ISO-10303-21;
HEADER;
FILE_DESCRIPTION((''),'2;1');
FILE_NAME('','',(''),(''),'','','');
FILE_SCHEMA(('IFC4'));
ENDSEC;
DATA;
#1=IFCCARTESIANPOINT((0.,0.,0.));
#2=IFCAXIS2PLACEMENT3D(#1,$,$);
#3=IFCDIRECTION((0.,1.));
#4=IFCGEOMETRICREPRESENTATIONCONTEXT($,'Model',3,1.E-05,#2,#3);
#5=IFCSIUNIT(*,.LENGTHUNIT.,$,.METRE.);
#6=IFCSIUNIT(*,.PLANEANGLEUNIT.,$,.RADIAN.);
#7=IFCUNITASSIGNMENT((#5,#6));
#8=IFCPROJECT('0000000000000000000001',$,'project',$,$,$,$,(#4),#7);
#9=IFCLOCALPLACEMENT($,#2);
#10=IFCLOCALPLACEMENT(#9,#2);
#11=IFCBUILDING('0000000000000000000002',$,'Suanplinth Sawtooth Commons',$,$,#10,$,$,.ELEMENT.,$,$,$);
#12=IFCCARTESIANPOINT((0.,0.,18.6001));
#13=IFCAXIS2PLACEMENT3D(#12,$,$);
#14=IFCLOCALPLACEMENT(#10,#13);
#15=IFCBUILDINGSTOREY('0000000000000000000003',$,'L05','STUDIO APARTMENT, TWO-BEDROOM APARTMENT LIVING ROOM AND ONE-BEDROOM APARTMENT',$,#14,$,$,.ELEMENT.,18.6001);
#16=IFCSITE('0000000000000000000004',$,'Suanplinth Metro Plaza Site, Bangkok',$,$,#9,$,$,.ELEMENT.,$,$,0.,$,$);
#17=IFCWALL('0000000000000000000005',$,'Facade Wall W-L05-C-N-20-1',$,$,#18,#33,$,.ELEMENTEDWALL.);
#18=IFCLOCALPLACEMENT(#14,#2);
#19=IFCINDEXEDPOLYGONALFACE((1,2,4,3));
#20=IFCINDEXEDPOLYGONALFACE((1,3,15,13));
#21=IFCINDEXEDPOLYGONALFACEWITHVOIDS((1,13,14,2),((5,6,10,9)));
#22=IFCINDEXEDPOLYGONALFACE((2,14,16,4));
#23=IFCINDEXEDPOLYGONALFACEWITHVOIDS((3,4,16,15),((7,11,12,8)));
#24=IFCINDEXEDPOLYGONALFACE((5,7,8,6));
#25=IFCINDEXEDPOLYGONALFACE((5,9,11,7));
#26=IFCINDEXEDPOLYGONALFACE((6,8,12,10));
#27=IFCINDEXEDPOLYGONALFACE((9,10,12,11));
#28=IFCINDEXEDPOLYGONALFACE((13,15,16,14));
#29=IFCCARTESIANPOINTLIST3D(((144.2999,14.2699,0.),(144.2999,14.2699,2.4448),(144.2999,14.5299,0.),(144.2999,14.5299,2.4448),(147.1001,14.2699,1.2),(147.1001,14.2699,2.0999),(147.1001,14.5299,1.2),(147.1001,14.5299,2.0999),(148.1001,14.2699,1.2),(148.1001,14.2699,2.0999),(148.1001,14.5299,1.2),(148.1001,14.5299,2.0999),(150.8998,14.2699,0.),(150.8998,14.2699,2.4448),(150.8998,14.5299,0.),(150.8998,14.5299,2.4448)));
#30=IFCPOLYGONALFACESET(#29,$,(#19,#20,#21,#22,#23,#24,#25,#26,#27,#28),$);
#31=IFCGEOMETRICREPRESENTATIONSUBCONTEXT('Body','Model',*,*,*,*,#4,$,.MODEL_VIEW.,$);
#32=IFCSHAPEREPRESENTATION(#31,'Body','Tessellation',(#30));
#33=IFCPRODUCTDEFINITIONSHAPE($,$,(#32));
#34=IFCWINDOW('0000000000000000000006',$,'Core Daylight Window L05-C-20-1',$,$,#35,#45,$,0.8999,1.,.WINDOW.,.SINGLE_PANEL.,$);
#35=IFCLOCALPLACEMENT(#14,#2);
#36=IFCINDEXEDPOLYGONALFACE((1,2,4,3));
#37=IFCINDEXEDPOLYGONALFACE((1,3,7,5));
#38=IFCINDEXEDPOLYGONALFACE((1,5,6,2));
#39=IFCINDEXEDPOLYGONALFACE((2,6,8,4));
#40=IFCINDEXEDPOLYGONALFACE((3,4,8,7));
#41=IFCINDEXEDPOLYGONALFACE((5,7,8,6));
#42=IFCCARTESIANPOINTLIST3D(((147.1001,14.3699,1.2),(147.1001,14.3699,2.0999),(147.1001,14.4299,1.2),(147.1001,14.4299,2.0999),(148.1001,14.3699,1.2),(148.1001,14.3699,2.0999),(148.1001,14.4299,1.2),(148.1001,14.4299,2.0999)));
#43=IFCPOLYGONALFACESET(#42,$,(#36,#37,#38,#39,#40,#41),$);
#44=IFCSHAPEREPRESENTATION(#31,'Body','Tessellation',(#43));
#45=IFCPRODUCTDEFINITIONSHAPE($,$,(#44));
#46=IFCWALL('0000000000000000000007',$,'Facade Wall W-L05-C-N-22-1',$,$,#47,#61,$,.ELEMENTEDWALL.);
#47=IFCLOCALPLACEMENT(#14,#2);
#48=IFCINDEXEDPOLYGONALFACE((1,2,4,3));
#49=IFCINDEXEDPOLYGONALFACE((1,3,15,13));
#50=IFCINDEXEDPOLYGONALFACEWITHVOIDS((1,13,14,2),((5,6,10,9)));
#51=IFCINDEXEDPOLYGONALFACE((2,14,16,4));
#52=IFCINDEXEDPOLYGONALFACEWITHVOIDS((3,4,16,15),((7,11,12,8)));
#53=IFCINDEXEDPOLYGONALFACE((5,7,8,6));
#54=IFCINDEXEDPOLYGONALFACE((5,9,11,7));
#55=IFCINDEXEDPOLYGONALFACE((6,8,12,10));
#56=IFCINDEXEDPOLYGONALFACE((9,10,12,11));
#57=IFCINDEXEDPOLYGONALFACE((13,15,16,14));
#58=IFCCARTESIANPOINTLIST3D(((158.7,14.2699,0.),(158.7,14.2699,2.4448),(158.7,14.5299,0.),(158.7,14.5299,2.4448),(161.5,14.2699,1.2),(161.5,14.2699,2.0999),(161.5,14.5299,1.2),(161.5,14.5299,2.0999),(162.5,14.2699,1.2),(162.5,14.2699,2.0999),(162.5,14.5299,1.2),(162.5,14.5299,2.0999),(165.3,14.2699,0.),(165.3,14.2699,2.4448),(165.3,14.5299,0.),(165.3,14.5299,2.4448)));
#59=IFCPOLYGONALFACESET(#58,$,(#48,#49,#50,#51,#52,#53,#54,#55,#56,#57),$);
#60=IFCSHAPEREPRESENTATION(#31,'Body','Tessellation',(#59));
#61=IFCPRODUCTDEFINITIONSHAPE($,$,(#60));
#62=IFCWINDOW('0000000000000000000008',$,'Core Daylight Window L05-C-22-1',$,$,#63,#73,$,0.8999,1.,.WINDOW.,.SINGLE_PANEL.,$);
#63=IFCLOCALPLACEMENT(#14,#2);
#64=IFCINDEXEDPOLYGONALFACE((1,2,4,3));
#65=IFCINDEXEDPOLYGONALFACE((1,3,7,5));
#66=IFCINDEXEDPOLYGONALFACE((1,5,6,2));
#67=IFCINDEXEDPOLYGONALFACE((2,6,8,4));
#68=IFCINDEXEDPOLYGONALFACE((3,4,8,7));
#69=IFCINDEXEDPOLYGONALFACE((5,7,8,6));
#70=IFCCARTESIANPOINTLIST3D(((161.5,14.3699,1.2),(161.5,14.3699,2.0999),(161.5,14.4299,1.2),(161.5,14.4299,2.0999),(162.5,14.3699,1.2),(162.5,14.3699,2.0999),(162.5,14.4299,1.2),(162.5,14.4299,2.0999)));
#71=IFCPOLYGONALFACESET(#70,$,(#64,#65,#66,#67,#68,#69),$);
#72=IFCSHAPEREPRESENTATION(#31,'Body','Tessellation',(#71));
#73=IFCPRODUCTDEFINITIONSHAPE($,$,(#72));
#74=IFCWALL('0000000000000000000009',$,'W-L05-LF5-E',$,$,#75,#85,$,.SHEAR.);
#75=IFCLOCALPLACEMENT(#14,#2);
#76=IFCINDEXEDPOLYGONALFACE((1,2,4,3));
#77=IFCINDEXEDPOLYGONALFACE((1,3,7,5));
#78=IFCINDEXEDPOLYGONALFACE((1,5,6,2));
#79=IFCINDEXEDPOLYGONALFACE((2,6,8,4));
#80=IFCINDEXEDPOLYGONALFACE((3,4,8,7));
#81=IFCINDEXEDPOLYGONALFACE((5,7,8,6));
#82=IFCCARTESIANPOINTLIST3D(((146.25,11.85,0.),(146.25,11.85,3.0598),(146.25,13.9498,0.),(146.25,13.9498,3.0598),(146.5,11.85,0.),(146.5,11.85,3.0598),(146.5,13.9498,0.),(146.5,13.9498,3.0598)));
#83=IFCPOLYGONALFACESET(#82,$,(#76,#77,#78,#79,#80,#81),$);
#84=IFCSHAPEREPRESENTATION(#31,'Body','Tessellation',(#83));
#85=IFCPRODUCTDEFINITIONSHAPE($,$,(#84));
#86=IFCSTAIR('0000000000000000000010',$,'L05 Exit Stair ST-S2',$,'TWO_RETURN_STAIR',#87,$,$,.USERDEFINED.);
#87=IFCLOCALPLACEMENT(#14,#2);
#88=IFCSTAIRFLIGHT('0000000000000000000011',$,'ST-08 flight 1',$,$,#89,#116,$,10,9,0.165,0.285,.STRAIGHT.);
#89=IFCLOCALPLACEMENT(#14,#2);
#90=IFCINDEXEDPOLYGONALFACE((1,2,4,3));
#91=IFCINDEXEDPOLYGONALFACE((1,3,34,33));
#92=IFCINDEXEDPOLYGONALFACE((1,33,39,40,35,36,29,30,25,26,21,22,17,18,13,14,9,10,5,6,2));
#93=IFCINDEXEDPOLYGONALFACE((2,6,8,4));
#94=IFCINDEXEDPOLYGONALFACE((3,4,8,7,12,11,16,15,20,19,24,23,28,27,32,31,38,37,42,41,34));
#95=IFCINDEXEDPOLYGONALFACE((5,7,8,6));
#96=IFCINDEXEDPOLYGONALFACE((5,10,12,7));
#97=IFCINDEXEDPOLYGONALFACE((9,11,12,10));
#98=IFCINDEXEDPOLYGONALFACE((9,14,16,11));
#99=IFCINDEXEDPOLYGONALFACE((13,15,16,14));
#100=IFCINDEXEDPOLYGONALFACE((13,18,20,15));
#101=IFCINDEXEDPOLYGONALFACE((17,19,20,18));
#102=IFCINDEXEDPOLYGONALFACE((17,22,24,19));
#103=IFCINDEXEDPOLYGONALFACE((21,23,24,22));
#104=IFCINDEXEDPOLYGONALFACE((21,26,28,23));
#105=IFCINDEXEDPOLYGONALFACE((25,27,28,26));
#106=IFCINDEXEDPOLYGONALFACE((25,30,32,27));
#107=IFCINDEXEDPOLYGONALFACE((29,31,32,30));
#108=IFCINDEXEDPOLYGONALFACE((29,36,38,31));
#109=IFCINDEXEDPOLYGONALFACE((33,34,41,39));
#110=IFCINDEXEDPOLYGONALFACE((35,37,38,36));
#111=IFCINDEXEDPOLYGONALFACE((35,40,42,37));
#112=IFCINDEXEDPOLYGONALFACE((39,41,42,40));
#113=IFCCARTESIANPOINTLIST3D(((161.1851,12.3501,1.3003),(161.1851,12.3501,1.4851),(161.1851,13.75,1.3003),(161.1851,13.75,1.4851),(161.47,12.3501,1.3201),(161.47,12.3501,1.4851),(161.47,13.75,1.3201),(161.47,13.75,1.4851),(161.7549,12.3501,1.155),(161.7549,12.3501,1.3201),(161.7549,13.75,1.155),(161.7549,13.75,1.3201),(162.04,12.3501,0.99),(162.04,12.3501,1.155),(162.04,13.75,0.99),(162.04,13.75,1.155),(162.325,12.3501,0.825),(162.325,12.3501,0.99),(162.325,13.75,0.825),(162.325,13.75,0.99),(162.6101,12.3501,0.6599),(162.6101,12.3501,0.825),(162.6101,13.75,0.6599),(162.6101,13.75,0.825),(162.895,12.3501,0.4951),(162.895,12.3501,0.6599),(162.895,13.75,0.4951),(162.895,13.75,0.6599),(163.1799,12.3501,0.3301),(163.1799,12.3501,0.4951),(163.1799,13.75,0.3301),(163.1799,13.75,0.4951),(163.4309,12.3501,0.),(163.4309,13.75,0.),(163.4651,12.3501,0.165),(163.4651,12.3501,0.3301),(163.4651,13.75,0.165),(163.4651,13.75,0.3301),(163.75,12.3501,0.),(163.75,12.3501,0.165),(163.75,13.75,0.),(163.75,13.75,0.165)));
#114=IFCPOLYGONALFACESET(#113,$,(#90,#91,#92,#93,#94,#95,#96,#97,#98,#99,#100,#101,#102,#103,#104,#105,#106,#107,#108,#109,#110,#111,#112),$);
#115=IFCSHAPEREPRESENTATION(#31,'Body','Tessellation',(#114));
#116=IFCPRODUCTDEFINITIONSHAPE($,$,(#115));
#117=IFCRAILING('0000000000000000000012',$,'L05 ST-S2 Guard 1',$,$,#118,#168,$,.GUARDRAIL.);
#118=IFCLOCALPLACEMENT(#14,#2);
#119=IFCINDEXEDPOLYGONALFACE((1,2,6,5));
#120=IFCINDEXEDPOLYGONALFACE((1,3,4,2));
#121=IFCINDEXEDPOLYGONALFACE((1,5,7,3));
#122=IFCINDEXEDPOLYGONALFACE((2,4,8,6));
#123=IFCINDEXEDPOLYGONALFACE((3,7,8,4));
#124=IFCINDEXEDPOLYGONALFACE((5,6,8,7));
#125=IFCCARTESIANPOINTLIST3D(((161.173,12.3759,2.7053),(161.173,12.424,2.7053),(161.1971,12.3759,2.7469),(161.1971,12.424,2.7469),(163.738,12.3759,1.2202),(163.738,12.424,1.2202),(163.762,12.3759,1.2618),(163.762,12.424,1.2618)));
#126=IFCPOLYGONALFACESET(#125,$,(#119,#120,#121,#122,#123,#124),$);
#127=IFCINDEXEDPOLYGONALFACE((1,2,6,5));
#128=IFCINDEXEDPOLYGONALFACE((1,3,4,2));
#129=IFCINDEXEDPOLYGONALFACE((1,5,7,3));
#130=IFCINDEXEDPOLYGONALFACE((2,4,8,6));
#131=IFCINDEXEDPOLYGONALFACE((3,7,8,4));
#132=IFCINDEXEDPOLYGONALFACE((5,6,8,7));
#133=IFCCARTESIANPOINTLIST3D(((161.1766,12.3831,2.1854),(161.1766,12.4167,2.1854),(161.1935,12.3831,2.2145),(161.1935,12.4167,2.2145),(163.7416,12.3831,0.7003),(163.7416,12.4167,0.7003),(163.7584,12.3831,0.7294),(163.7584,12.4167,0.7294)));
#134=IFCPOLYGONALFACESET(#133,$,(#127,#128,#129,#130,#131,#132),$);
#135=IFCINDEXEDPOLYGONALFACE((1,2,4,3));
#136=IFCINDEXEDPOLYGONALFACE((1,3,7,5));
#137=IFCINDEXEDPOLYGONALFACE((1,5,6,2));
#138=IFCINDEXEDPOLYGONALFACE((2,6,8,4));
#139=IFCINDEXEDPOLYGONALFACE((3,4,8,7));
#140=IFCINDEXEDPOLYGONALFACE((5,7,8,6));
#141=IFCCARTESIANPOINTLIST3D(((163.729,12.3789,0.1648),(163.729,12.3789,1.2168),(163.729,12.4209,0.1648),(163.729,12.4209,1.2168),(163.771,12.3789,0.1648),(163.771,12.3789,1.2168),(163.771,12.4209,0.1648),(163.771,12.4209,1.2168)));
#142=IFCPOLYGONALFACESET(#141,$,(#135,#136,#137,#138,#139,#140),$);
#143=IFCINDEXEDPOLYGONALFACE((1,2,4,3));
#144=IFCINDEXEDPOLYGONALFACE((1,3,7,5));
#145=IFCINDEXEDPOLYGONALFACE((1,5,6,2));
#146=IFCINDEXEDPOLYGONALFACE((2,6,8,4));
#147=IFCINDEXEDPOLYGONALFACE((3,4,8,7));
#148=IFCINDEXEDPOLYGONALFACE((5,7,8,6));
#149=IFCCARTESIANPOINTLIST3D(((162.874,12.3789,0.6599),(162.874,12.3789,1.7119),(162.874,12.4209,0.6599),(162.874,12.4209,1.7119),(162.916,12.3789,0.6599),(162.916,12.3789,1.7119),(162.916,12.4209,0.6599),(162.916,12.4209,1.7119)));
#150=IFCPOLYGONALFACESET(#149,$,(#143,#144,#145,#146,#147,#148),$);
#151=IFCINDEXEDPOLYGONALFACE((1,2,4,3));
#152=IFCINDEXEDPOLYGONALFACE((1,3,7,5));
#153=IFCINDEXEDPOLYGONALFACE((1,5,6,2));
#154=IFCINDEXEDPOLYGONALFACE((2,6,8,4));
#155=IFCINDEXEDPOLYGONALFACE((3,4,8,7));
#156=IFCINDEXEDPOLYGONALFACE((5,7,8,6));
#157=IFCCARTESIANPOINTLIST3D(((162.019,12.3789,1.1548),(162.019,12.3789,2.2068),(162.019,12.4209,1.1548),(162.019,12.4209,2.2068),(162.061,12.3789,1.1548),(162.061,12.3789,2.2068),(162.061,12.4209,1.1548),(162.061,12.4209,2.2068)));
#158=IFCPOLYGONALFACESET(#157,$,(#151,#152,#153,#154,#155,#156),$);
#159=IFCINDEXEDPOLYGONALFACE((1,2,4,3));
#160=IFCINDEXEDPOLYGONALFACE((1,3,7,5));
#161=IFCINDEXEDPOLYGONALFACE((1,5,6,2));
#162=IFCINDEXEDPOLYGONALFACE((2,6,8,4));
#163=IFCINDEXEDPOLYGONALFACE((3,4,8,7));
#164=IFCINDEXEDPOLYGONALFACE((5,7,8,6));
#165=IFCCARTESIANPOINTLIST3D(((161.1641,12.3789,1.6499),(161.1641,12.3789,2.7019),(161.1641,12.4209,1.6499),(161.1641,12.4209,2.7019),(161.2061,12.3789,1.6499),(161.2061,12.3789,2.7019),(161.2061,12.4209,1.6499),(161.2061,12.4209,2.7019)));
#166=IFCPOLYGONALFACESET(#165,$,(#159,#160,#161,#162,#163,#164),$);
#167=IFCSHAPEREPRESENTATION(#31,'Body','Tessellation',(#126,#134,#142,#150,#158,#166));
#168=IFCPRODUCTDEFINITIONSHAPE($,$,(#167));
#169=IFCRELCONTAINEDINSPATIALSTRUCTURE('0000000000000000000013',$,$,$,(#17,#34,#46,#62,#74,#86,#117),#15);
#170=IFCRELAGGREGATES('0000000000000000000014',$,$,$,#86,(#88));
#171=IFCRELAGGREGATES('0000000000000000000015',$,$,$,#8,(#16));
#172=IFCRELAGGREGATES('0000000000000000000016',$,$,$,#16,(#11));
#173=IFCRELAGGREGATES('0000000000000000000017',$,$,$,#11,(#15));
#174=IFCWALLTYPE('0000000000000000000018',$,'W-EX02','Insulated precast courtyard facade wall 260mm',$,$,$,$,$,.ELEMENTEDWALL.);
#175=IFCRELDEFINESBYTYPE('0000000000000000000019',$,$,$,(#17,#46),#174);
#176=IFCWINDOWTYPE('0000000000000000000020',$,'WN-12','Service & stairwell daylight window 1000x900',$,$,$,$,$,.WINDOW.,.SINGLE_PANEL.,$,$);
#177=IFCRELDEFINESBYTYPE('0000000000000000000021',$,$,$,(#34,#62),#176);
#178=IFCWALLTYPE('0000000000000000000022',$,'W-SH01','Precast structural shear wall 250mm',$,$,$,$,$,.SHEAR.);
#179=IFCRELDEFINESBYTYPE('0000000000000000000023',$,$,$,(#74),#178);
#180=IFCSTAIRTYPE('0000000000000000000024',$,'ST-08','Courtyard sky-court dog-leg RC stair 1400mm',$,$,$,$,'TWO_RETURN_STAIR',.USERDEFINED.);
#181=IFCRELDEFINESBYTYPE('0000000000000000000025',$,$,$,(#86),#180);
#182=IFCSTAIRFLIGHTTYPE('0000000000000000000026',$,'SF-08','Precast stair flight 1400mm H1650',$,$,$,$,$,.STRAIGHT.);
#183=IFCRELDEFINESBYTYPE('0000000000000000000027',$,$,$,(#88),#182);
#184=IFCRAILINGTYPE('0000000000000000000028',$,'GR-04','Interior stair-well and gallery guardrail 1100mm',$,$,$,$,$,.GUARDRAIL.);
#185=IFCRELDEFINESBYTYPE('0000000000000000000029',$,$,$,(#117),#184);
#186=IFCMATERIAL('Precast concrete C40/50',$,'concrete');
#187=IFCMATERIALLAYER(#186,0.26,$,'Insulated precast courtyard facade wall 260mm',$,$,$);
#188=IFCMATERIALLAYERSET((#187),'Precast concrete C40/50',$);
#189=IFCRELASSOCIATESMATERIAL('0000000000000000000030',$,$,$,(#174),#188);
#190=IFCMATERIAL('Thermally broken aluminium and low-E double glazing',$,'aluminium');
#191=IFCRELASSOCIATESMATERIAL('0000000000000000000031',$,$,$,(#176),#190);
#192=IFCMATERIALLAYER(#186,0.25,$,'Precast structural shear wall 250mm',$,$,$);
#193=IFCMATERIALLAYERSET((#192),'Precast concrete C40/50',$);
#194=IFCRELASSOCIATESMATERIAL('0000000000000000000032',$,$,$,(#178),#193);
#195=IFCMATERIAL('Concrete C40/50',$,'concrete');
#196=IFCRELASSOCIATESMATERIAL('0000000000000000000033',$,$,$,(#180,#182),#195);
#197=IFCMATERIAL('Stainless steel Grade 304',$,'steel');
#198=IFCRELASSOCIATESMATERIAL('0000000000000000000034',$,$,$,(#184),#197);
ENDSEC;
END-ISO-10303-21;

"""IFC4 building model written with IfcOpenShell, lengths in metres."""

from ifc_helpers import new_model, si_unit, direction, frame, frame_2d, origin, origin_2d, place, context, subcontext, project, spatial, polyline, rectangle, outline, extrude, material, layer, layer_set, type_object, element, fill, aggregate, save


model = new_model("IFC4")

# Units and contexts
model_context = context("Model", 3, precision=1e-05, world=origin(), true_north=direction((0.0, 1.0)))
body_context = subcontext(model_context, "Body", "Model", "MODEL_VIEW")
ifc_project = project(units=[si_unit("LENGTHUNIT", "METRE"), si_unit("PLANEANGLEUNIT", "RADIAN")], contexts=[model_context])

# Site, building, storey
site_placement = place(None, origin())
site = spatial("IfcSite", under=ifc_project, at=site_placement, Name="Suanplinth Metro Plaza Site, Bangkok", CompositionType="ELEMENT", RefElevation=0.0)
building_placement = place(site_placement, origin())
building = spatial("IfcBuilding", under=site, at=building_placement, Name="Suanplinth Sawtooth Commons", CompositionType="ELEMENT")
storey_placement = place(building_placement, frame((0.0, 0.0, 18.6001)))
storey = spatial("IfcBuildingStorey", under=building, at=storey_placement, Name="L05", Description="STUDIO APARTMENT, TWO-BEDROOM APARTMENT LIVING ROOM AND ONE-BEDROOM APARTMENT", CompositionType="ELEMENT", Elevation=18.6001)

# Shared definitions
ifc_material_1 = material(Name="Precast concrete C40/50", Category="concrete")

# Shared definitions
ifc_material_2 = material(Name="Concrete C40/50", Category="concrete")

# Wall, opening, window
ifc_layer_1 = layer(ifc_material_1, 0.26, Name="Insulated precast courtyard facade wall 260mm")
ifc_layer_set_1 = layer_set([ifc_layer_1], Name="Precast concrete C40/50")
wall_type_1 = type_object("IfcWallType", Name="W-EX02", Description="Insulated precast courtyard facade wall 260mm", PredefinedType="ELEMENTEDWALL", material=ifc_layer_set_1)
wall_1_placement = place(storey_placement, frame((144.3, 14.3999, 0.0), z_axis=(0.0, 0.0, 1.0), x_axis=(1.0, 0.0, 0.0)))
wall_1 = element("IfcWall", 1, at=wall_1_placement, inside=storey, type_object=wall_type_1, Name="Facade Wall W-L05-C-N-20-1", PredefinedType="ELEMENTEDWALL", context=body_context, shape_type="SweptSolid", body=[
    extrude(rectangle(XDim=6.5999, YDim=0.26, at=frame_2d((3.2998, 0.0))), origin(), (0.0, 0.0, 1.0), 2.4448),
])
opening_1_placement = place(wall_1_placement, frame((2.8, 0.0, 1.2)))
opening_1 = element("IfcOpeningElement", 2, at=opening_1_placement, cuts=wall_1, PredefinedType="OPENING", context=body_context, shape_type="SweptSolid", body=[
    extrude(rectangle(XDim=1.0, YDim=0.8999, at=frame_2d((0.5, 0.45))), frame((0.0, 0.145, 0.0), z_axis=(0.0, -1.0, 0.0), x_axis=(1.0, 0.0, 0.0)), (0.0, 0.0, 1.0), 0.2898),
])
ifc_material_3 = material(Name="Thermally broken aluminium and low-E double glazing", Category="aluminium")
window_type_1 = type_object("IfcWindowType", Name="WN-12", Description="Service & stairwell daylight window 1000x900", PartitioningType="SINGLE_PANEL", PredefinedType="WINDOW", material=ifc_material_3)
window_1_placement = place(opening_1_placement, origin())
window_1 = element("IfcWindow", 3, at=window_1_placement, inside=storey, type_object=window_type_1, Name="Core Daylight Window L05-C-20-1", OverallHeight=0.8999, OverallWidth=1.0, PartitioningType="SINGLE_PANEL", PredefinedType="WINDOW", context=body_context, shape_type="SweptSolid", body=[
    extrude(rectangle(XDim=1.0, YDim=0.8999, at=frame_2d((0.5, 0.45))), frame((0.0, 0.03, 0.0), z_axis=(0.0, -1.0, 0.0), x_axis=(1.0, 0.0, 0.0)), (0.0, 0.0, 1.0), 0.0601),
])
fill(opening_1, window_1)

# Wall, opening, window
wall_2_placement = place(storey_placement, frame((158.7, 14.3999, 0.0), z_axis=(0.0, 0.0, 1.0), x_axis=(1.0, 0.0, 0.0)))
wall_2 = element("IfcWall", 4, at=wall_2_placement, inside=storey, type_object=wall_type_1, Name="Facade Wall W-L05-C-N-22-1", PredefinedType="ELEMENTEDWALL", context=body_context, shape_type="SweptSolid", body=[
    extrude(rectangle(XDim=6.6001, YDim=0.26, at=frame_2d((3.3, 0.0))), origin(), (0.0, 0.0, 1.0), 2.4448),
])
opening_2_placement = place(wall_2_placement, frame((2.8, 0.0, 1.2)))
opening_2 = element("IfcOpeningElement", 5, at=opening_2_placement, cuts=wall_2, PredefinedType="OPENING", context=body_context, shape_type="SweptSolid", body=[
    extrude(rectangle(XDim=1.0, YDim=0.8999, at=frame_2d((0.5, 0.45))), frame((0.0, 0.145, 0.0), z_axis=(0.0, -1.0, 0.0), x_axis=(1.0, 0.0, 0.0)), (0.0, 0.0, 1.0), 0.2898),
])
window_2_placement = place(opening_2_placement, origin())
window_2 = element("IfcWindow", 6, at=window_2_placement, inside=storey, type_object=window_type_1, Name="Core Daylight Window L05-C-22-1", OverallHeight=0.8999, OverallWidth=1.0, PartitioningType="SINGLE_PANEL", PredefinedType="WINDOW", context=body_context, shape_type="SweptSolid", body=[
    extrude(rectangle(XDim=1.0, YDim=0.8999, at=frame_2d((0.5, 0.45))), frame((0.0, 0.03, 0.0), z_axis=(0.0, -1.0, 0.0), x_axis=(1.0, 0.0, 0.0)), (0.0, 0.0, 1.0), 0.0601),
])
fill(opening_2, window_2)

# Wall
ifc_layer_2 = layer(ifc_material_1, 0.25, Name="Precast structural shear wall 250mm")
ifc_layer_set_2 = layer_set([ifc_layer_2], Name="Precast concrete C40/50")
wall_type_2 = type_object("IfcWallType", Name="W-SH01", Description="Precast structural shear wall 250mm", PredefinedType="SHEAR", material=ifc_layer_set_2)
wall_3_placement = place(storey_placement, frame((146.375, 11.8501, 0.0), z_axis=(0.0, 0.0, 1.0), x_axis=(0.0, 1.0, 0.0)))
element("IfcWall", 7, at=wall_3_placement, inside=storey, type_object=wall_type_2, Name="W-L05-LF5-E", PredefinedType="SHEAR", context=body_context, shape_type="SweptSolid", body=[
    extrude(rectangle(XDim=2.0999, YDim=0.25, at=frame_2d((1.0498, 0.0))), origin(), (0.0, 0.0, 1.0), 3.0598),
])

# Stair, stair flight
stair_type = type_object("IfcStairType", Name="ST-08", Description="Courtyard sky-court dog-leg RC stair 1400mm", ElementType="TWO_RETURN_STAIR", PredefinedType="USERDEFINED", material=ifc_material_2)
stair_placement = place(storey_placement, origin())
stair = element("IfcStair", 8, at=stair_placement, inside=storey, type_object=stair_type, Name="L05 Exit Stair ST-S2", ObjectType="TWO_RETURN_STAIR", PredefinedType="USERDEFINED")
stair_flight_type = type_object("IfcStairFlightType", Name="SF-08", Description="Precast stair flight 1400mm H1650", PredefinedType="STRAIGHT", material=ifc_material_2)
stair_flight_placement = place(storey_placement, frame((163.75, 13.05, 0.0), z_axis=(0.0, 0.0, 1.0), x_axis=(-1.0, 0.0, 0.0)))
stair_flight = element("IfcStairFlight", 9, at=stair_flight_placement, type_object=stair_flight_type, Name="ST-08 flight 1", NumberOfRisers=10, NumberOfTreads=9, PredefinedType="STRAIGHT", RiserHeight=0.165, TreadLength=0.285, context=body_context, shape_type="SweptSolid", body=[
    extrude(outline(polyline([(0.0, 0.0), (0.0, 0.165), (0.2849, 0.165), (0.2849, 0.3301), (0.5701, 0.3301), (0.5701, 0.4951), (0.855, 0.4951), (0.855, 0.6599), (1.1399, 0.6599), (1.1399, 0.825), (1.425, 0.825), (1.425, 0.99), (1.71, 0.99), (1.71, 1.155), (1.9951, 1.155), (1.9951, 1.3201), (2.28, 1.3201), (2.28, 1.4851), (2.5649, 1.4851), (2.5649, 1.6499), (2.5649, 1.3003), (0.3191, 0.0), (0.0, 0.0)])), frame((0.0, 0.7, 0.0), z_axis=(0.0, -1.0, 0.0), x_axis=(1.0, 0.0, 0.0)), (0.0, 0.0, 1.0), 1.3999),
])
aggregate(stair, [stair_flight])

# Railing
ifc_material_4 = material(Name="Stainless steel Grade 304", Category="steel")
railing_type_1 = type_object("IfcRailingType", Name="GR-04", Description="Interior stair-well and gallery guardrail 1100mm", PredefinedType="GUARDRAIL", material=ifc_material_4)
railing_1_placement = place(storey_placement, frame((163.75, 12.3999, 0.1648)))
element("IfcRailing", 10, at=railing_1_placement, inside=storey, type_object=railing_type_1, Name="L05 ST-S2 Guard 1", PredefinedType="GUARDRAIL", context=body_context, shape_type="SweptSolid", body=[
    extrude(rectangle(XDim=0.0481, YDim=0.0481, at=origin_2d()), frame((0.0, 0.0, 1.0762), z_axis=(-0.865406, 0.0, 0.501072), x_axis=(0.0, -1.0, 0.0)), (0.0, 0.0, 1.0), 2.9639),
    extrude(rectangle(XDim=0.0337, YDim=0.0337, at=origin_2d()), frame((0.0, 0.0, 0.55), z_axis=(-0.865406, 0.0, 0.501072), x_axis=(0.0, -1.0, 0.0)), (0.0, 0.0, 1.0), 2.9639),
    extrude(rectangle(XDim=0.042, YDim=0.042, at=origin_2d()), origin(), (0.0, 0.0, 1.0), 1.052),
    extrude(rectangle(XDim=0.042, YDim=0.042, at=origin_2d()), frame((-0.855, 0.0, 0.4951)), (0.0, 0.0, 1.0), 1.052),
    extrude(rectangle(XDim=0.042, YDim=0.042, at=origin_2d()), frame((-1.71, 0.0, 0.99)), (0.0, 0.0, 1.0), 1.052),
    extrude(rectangle(XDim=0.042, YDim=0.042, at=origin_2d()), frame((-2.5649, 0.0, 1.4851)), (0.0, 0.0, 1.0), 1.052),
])

save(model, "model.ifc")
